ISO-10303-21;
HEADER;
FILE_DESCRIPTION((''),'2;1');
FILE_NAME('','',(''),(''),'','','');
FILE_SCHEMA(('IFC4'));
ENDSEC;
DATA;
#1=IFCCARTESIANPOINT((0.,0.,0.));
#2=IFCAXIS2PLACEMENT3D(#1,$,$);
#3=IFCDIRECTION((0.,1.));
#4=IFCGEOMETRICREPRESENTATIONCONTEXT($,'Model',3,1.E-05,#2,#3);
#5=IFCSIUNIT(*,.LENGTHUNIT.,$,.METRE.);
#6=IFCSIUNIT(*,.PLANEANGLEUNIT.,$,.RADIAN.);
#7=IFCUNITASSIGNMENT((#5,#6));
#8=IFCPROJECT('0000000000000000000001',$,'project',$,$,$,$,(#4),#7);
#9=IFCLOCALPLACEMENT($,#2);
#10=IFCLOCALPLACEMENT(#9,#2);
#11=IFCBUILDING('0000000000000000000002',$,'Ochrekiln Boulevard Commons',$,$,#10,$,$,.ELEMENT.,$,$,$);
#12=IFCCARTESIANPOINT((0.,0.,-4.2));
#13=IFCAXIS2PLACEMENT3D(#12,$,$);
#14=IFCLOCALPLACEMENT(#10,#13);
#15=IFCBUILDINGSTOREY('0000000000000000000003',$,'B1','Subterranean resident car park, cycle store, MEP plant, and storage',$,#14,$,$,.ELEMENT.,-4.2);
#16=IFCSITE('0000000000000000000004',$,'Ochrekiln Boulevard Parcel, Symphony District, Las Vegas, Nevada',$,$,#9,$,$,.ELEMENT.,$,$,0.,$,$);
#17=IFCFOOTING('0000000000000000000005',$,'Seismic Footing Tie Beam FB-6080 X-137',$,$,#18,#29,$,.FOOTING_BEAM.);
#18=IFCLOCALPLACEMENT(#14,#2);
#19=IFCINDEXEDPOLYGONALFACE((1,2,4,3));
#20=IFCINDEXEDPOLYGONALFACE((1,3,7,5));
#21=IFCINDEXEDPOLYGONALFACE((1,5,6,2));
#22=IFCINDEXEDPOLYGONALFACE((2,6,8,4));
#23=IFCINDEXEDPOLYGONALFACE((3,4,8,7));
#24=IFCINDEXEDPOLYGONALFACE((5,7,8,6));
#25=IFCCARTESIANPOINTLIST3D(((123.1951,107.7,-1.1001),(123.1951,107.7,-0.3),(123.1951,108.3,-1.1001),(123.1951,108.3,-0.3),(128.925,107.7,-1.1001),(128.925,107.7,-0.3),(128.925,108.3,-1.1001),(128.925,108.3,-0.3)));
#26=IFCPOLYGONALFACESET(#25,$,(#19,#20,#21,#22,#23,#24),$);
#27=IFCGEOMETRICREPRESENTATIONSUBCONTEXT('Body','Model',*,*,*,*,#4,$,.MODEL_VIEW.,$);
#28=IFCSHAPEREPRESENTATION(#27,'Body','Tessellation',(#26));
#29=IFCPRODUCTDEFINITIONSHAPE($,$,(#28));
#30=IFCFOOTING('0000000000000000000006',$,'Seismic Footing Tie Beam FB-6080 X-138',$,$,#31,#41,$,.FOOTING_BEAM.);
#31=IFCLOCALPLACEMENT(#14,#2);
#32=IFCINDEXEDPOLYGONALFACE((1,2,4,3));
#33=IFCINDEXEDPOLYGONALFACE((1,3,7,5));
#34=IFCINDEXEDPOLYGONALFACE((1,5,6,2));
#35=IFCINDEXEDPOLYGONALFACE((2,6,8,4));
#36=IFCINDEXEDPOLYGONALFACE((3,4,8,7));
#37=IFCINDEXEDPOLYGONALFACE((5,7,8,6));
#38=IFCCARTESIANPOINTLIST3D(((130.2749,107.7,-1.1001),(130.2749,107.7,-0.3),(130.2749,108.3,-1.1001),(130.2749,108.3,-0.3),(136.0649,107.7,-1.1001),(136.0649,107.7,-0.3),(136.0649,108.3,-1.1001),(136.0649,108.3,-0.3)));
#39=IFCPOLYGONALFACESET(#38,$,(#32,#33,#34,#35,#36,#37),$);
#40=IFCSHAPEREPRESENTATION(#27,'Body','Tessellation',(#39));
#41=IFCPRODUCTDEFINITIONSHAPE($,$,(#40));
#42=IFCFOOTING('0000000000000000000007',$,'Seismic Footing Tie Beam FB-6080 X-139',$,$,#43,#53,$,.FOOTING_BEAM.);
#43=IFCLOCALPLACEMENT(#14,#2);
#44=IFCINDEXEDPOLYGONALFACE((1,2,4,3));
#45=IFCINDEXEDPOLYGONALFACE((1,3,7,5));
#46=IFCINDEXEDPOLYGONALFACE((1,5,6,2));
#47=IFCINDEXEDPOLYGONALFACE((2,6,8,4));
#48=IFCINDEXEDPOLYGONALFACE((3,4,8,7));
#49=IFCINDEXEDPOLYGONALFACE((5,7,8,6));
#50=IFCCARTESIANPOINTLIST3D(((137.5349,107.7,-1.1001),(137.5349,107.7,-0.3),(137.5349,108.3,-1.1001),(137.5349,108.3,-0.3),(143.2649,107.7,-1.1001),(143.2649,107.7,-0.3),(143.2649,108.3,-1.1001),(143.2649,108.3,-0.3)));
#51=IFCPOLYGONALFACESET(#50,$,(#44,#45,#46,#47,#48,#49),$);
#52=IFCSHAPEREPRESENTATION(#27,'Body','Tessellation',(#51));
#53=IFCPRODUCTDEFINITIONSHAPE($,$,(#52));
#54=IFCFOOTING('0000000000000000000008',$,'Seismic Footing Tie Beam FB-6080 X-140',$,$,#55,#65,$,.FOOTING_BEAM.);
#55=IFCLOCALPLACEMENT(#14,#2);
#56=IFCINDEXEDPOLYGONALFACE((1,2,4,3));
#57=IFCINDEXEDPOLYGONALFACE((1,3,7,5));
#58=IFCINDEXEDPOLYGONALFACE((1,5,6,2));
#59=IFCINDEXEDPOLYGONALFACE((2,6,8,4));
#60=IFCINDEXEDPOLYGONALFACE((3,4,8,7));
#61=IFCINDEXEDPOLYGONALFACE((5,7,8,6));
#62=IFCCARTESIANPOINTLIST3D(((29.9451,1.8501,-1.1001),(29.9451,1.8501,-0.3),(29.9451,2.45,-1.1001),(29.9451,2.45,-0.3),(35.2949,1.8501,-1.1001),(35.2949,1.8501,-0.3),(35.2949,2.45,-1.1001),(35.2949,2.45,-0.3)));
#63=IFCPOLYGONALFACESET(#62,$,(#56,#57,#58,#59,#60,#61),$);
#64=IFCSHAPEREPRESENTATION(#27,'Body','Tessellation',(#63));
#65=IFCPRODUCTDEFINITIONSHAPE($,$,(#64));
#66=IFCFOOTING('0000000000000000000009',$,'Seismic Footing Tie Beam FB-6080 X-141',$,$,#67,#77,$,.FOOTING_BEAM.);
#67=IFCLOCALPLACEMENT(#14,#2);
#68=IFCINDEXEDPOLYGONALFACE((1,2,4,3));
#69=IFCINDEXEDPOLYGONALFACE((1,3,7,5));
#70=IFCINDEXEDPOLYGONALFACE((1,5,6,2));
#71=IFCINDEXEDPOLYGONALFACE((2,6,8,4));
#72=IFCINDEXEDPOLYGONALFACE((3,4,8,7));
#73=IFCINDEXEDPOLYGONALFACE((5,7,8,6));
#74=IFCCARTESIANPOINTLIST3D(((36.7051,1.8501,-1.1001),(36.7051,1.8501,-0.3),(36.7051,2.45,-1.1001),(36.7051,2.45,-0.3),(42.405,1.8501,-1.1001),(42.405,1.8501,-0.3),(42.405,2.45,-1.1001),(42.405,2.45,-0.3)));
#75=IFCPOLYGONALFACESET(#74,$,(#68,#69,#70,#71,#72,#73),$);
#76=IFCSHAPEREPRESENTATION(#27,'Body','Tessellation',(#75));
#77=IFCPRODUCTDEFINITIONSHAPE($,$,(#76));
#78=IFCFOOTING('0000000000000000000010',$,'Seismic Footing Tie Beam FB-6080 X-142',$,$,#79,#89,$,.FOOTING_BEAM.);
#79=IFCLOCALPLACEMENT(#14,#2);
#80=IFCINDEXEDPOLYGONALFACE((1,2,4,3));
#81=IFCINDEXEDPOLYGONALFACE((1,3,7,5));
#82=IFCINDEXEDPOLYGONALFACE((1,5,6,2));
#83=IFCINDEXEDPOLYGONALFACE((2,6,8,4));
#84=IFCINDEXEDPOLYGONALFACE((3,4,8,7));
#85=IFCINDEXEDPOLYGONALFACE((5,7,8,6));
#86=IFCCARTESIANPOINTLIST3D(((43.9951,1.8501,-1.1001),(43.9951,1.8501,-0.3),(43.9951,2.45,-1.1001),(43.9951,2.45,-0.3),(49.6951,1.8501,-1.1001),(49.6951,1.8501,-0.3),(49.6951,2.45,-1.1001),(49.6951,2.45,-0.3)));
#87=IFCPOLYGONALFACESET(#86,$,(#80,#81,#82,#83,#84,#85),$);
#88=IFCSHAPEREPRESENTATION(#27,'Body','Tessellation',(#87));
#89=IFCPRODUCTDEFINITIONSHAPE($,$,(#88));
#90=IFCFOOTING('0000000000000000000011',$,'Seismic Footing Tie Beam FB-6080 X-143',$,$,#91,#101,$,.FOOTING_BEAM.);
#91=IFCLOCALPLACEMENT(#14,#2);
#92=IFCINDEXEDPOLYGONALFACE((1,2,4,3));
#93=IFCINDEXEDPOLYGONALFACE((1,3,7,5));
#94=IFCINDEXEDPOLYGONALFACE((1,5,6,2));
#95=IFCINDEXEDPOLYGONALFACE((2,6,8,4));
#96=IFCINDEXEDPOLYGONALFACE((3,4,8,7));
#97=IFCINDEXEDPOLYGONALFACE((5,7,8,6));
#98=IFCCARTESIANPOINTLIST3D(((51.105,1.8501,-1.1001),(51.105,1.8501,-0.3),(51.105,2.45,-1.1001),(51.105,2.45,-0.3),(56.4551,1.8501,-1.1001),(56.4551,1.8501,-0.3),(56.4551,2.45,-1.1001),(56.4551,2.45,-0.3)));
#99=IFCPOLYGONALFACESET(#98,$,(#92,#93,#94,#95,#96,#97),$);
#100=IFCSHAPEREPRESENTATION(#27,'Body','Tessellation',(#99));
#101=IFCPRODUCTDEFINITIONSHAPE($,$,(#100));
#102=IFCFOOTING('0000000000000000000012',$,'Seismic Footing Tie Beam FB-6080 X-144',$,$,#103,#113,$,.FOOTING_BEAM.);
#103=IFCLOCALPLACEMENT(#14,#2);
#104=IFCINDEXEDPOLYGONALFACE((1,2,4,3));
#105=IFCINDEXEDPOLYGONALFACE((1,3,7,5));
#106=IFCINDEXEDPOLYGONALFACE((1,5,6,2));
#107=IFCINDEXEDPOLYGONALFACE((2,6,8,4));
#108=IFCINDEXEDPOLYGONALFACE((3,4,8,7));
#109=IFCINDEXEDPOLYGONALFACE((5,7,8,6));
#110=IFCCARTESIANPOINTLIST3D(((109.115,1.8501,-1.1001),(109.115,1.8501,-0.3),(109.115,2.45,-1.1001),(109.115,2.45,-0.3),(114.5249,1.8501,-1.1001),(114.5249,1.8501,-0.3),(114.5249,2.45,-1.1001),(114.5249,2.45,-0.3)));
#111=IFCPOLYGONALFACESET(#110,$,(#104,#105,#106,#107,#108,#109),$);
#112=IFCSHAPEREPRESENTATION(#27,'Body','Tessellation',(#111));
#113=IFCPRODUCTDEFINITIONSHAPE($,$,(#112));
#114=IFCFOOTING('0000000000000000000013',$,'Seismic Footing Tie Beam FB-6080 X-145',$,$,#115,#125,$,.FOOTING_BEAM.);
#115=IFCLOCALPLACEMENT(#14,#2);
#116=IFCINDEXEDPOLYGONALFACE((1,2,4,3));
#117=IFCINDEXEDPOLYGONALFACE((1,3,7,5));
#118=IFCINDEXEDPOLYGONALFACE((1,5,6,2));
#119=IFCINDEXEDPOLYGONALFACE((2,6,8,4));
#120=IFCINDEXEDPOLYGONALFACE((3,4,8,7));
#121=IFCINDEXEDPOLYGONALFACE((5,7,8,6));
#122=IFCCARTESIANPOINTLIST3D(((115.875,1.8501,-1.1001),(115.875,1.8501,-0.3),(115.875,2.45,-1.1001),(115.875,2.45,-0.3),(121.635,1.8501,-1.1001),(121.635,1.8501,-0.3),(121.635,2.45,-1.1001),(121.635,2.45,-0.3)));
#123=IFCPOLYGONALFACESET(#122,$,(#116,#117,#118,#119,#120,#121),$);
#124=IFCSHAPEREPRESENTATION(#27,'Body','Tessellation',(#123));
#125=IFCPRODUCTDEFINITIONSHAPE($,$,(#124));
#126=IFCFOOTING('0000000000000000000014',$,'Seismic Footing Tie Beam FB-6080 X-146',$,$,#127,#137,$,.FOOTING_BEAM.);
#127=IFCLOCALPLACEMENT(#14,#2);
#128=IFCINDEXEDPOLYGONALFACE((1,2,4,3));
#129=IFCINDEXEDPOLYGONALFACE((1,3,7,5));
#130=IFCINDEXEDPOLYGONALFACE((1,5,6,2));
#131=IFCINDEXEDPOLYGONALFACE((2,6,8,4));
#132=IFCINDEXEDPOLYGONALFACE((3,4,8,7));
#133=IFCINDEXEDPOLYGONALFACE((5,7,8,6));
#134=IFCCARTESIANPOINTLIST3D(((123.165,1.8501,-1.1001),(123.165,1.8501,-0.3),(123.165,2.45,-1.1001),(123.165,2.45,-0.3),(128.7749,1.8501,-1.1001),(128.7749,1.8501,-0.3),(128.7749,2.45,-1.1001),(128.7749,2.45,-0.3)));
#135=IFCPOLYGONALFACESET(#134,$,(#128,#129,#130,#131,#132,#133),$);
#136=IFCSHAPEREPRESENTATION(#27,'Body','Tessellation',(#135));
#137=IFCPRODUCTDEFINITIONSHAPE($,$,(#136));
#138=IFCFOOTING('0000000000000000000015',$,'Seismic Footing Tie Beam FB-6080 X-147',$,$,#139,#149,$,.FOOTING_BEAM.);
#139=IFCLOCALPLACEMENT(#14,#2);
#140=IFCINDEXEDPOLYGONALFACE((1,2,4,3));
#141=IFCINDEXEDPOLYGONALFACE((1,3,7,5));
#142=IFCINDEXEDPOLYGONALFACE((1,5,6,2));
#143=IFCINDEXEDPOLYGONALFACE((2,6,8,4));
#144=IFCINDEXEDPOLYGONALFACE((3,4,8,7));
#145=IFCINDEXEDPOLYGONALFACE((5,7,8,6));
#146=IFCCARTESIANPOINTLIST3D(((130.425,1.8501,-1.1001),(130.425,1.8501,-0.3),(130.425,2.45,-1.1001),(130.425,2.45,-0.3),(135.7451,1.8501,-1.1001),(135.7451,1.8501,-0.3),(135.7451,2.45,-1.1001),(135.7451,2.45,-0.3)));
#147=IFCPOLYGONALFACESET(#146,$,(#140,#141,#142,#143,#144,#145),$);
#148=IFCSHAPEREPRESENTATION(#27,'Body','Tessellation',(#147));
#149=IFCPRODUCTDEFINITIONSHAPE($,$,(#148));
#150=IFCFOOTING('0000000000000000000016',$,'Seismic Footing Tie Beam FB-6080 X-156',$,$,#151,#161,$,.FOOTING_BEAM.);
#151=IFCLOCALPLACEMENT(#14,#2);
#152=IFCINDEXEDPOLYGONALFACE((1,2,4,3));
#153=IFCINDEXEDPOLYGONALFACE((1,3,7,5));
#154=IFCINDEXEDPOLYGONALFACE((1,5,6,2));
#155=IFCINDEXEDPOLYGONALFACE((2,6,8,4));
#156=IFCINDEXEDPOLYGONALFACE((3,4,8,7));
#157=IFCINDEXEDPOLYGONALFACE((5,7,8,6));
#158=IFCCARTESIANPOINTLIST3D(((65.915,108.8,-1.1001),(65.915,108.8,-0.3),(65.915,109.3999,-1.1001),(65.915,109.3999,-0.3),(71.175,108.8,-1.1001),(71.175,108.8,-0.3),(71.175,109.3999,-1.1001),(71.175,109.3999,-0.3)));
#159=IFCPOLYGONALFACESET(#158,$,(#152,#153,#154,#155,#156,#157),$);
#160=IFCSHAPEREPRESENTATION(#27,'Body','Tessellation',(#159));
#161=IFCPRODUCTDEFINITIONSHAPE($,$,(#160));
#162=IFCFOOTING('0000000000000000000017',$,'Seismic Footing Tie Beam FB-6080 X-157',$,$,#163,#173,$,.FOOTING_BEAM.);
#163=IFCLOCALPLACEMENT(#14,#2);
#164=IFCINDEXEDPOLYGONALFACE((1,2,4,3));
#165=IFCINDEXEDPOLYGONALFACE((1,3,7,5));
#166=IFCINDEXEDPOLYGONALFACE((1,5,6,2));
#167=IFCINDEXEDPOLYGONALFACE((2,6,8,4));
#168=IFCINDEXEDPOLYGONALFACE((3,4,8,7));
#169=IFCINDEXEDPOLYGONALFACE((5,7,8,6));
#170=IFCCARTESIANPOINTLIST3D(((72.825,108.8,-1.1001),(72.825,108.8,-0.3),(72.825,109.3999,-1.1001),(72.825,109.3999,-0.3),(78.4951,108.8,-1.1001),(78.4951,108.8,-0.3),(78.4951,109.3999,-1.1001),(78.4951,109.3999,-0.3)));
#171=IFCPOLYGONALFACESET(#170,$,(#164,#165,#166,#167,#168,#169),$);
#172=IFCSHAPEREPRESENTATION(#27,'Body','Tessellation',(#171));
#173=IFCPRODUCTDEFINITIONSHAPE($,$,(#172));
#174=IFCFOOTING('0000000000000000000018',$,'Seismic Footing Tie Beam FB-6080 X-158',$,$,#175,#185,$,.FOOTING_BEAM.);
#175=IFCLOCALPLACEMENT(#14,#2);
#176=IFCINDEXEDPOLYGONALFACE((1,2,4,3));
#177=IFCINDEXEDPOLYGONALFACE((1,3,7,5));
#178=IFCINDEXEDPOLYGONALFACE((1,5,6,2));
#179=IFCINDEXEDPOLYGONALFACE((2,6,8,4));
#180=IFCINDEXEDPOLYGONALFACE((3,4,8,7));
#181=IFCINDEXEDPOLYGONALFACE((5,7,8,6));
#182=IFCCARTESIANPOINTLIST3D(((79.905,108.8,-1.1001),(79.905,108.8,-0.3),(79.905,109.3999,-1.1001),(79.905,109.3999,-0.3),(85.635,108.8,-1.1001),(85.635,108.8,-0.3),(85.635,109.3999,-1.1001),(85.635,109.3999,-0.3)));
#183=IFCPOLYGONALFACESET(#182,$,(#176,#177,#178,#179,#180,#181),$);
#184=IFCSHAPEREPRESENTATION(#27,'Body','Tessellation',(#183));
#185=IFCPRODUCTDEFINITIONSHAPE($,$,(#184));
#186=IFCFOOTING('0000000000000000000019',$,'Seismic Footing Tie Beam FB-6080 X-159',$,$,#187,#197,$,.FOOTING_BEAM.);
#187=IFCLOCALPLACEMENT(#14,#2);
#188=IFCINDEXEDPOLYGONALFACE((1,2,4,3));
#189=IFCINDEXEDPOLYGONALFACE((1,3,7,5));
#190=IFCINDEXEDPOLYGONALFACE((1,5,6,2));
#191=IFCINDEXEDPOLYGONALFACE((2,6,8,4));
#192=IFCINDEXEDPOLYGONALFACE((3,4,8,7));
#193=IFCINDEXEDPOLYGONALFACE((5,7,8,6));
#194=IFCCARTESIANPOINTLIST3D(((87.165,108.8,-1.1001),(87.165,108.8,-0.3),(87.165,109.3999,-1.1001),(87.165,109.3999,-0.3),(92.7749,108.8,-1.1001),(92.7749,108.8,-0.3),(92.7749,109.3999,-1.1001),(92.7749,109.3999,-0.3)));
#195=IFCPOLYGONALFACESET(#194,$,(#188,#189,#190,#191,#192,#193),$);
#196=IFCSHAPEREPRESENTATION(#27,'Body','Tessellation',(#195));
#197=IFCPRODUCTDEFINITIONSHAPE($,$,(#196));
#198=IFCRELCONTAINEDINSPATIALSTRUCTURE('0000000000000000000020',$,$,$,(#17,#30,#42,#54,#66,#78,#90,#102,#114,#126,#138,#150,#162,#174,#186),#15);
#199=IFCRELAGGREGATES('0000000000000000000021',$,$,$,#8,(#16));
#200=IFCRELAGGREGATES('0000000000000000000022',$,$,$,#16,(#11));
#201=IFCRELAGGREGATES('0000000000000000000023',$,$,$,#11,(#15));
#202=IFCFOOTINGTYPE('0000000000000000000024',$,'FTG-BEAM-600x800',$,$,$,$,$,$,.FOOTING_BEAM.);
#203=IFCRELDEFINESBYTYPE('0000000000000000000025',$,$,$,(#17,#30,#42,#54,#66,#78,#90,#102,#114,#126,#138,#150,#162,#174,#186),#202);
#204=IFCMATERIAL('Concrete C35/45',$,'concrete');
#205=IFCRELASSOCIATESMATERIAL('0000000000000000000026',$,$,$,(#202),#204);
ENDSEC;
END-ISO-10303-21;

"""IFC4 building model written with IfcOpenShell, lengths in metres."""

from ifc_helpers import new_model, si_unit, direction, frame, origin, place, context, subcontext, project, spatial, polyline, outline, extrude, material, type_object, element, save


model = new_model("IFC4")

# Units and contexts
model_context = context("Model", 3, precision=1e-05, world=origin(), true_north=direction((0.0, 1.0)))
body_context = subcontext(model_context, "Body", "Model", "MODEL_VIEW")
ifc_project = project(units=[si_unit("LENGTHUNIT", "METRE"), si_unit("PLANEANGLEUNIT", "RADIAN")], contexts=[model_context])

# Site, building, storey
site_placement = place(None, origin())
site = spatial("IfcSite", under=ifc_project, at=site_placement, Name="Ochrekiln Boulevard Parcel, Symphony District, Las Vegas, Nevada", CompositionType="ELEMENT", RefElevation=0.0)
building_placement = place(site_placement, origin())
building = spatial("IfcBuilding", under=site, at=building_placement, Name="Ochrekiln Boulevard Commons", CompositionType="ELEMENT")
storey_placement = place(building_placement, frame((0.0, 0.0, -4.2)))
storey = spatial("IfcBuildingStorey", under=building, at=storey_placement, Name="B1", Description="Subterranean resident car park, cycle store, MEP plant, and storage", CompositionType="ELEMENT", Elevation=-4.2)

# Footings
ifc_material = material(Name="Concrete C35/45", Category="concrete")
footing_type = type_object("IfcFootingType", Name="FTG-BEAM-600x800", PredefinedType="FOOTING_BEAM", material=ifc_material)
footing_1_placement = place(storey_placement, frame((0.0, 0.0, -1.1001)))
element("IfcFooting", 1, at=footing_1_placement, inside=storey, type_object=footing_type, Name="Seismic Footing Tie Beam FB-6080 X-137", PredefinedType="FOOTING_BEAM", context=body_context, shape_type="SweptSolid", body=[
    extrude(outline(polyline([(123.1951, 107.7), (128.925, 107.7), (128.925, 108.3), (123.1951, 108.3), (123.1951, 107.7)])), origin(), (0.0, 0.0, 1.0), 0.8),
])
footing_2_placement = place(storey_placement, frame((0.0, 0.0, -1.1001)))
element("IfcFooting", 2, at=footing_2_placement, inside=storey, type_object=footing_type, Name="Seismic Footing Tie Beam FB-6080 X-138", PredefinedType="FOOTING_BEAM", context=body_context, shape_type="SweptSolid", body=[
    extrude(outline(polyline([(130.2749, 107.7), (136.0649, 107.7), (136.0649, 108.3), (130.2749, 108.3), (130.2749, 107.7)])), origin(), (0.0, 0.0, 1.0), 0.8),
])
footing_3_placement = place(storey_placement, frame((0.0, 0.0, -1.1001)))
element("IfcFooting", 3, at=footing_3_placement, inside=storey, type_object=footing_type, Name="Seismic Footing Tie Beam FB-6080 X-139", PredefinedType="FOOTING_BEAM", context=body_context, shape_type="SweptSolid", body=[
    extrude(outline(polyline([(137.5349, 107.7), (143.2649, 107.7), (143.2649, 108.3), (137.5349, 108.3), (137.5349, 107.7)])), origin(), (0.0, 0.0, 1.0), 0.8),
])
footing_4_placement = place(storey_placement, frame((0.0, 0.0, -1.1001)))
element("IfcFooting", 4, at=footing_4_placement, inside=storey, type_object=footing_type, Name="Seismic Footing Tie Beam FB-6080 X-140", PredefinedType="FOOTING_BEAM", context=body_context, shape_type="SweptSolid", body=[
    extrude(outline(polyline([(29.9451, 1.8501), (35.2949, 1.8501), (35.2949, 2.45), (29.9451, 2.45), (29.9451, 1.8501)])), origin(), (0.0, 0.0, 1.0), 0.8),
])
footing_5_placement = place(storey_placement, frame((0.0, 0.0, -1.1001)))
element("IfcFooting", 5, at=footing_5_placement, inside=storey, type_object=footing_type, Name="Seismic Footing Tie Beam FB-6080 X-141", PredefinedType="FOOTING_BEAM", context=body_context, shape_type="SweptSolid", body=[
    extrude(outline(polyline([(36.7051, 1.8501), (42.405, 1.8501), (42.405, 2.45), (36.7051, 2.45), (36.7051, 1.8501)])), origin(), (0.0, 0.0, 1.0), 0.8),
])
footing_6_placement = place(storey_placement, frame((0.0, 0.0, -1.1001)))
element("IfcFooting", 6, at=footing_6_placement, inside=storey, type_object=footing_type, Name="Seismic Footing Tie Beam FB-6080 X-142", PredefinedType="FOOTING_BEAM", context=body_context, shape_type="SweptSolid", body=[
    extrude(outline(polyline([(43.9951, 1.8501), (49.6951, 1.8501), (49.6951, 2.45), (43.9951, 2.45), (43.9951, 1.8501)])), origin(), (0.0, 0.0, 1.0), 0.8),
])
footing_7_placement = place(storey_placement, frame((0.0, 0.0, -1.1001)))
element("IfcFooting", 7, at=footing_7_placement, inside=storey, type_object=footing_type, Name="Seismic Footing Tie Beam FB-6080 X-143", PredefinedType="FOOTING_BEAM", context=body_context, shape_type="SweptSolid", body=[
    extrude(outline(polyline([(51.105, 1.8501), (56.4551, 1.8501), (56.4551, 2.45), (51.105, 2.45), (51.105, 1.8501)])), origin(), (0.0, 0.0, 1.0), 0.8),
])
footing_8_placement = place(storey_placement, frame((0.0, 0.0, -1.1001)))
element("IfcFooting", 8, at=footing_8_placement, inside=storey, type_object=footing_type, Name="Seismic Footing Tie Beam FB-6080 X-144", PredefinedType="FOOTING_BEAM", context=body_context, shape_type="SweptSolid", body=[
    extrude(outline(polyline([(109.115, 1.8501), (114.5249, 1.8501), (114.5249, 2.45), (109.115, 2.45), (109.115, 1.8501)])), origin(), (0.0, 0.0, 1.0), 0.8),
])
footing_9_placement = place(storey_placement, frame((0.0, 0.0, -1.1001)))
element("IfcFooting", 9, at=footing_9_placement, inside=storey, type_object=footing_type, Name="Seismic Footing Tie Beam FB-6080 X-145", PredefinedType="FOOTING_BEAM", context=body_context, shape_type="SweptSolid", body=[
    extrude(outline(polyline([(115.875, 1.8501), (121.635, 1.8501), (121.635, 2.45), (115.875, 2.45), (115.875, 1.8501)])), origin(), (0.0, 0.0, 1.0), 0.8),
])
footing_10_placement = place(storey_placement, frame((0.0, 0.0, -1.1001)))
element("IfcFooting", 10, at=footing_10_placement, inside=storey, type_object=footing_type, Name="Seismic Footing Tie Beam FB-6080 X-146", PredefinedType="FOOTING_BEAM", context=body_context, shape_type="SweptSolid", body=[
    extrude(outline(polyline([(123.165, 1.8501), (128.7749, 1.8501), (128.7749, 2.45), (123.165, 2.45), (123.165, 1.8501)])), origin(), (0.0, 0.0, 1.0), 0.8),
])
footing_11_placement = place(storey_placement, frame((0.0, 0.0, -1.1001)))
element("IfcFooting", 11, at=footing_11_placement, inside=storey, type_object=footing_type, Name="Seismic Footing Tie Beam FB-6080 X-147", PredefinedType="FOOTING_BEAM", context=body_context, shape_type="SweptSolid", body=[
    extrude(outline(polyline([(130.425, 1.8501), (135.7451, 1.8501), (135.7451, 2.45), (130.425, 2.45), (130.425, 1.8501)])), origin(), (0.0, 0.0, 1.0), 0.8),
])
footing_12_placement = place(storey_placement, frame((0.0, 0.0, -1.1001)))
element("IfcFooting", 12, at=footing_12_placement, inside=storey, type_object=footing_type, Name="Seismic Footing Tie Beam FB-6080 X-156", PredefinedType="FOOTING_BEAM", context=body_context, shape_type="SweptSolid", body=[
    extrude(outline(polyline([(65.915, 108.8), (71.175, 108.8), (71.175, 109.3999), (65.915, 109.3999), (65.915, 108.8)])), origin(), (0.0, 0.0, 1.0), 0.8),
])
footing_13_placement = place(storey_placement, frame((0.0, 0.0, -1.1001)))
element("IfcFooting", 13, at=footing_13_placement, inside=storey, type_object=footing_type, Name="Seismic Footing Tie Beam FB-6080 X-157", PredefinedType="FOOTING_BEAM", context=body_context, shape_type="SweptSolid", body=[
    extrude(outline(polyline([(72.825, 108.8), (78.4951, 108.8), (78.4951, 109.3999), (72.825, 109.3999), (72.825, 108.8)])), origin(), (0.0, 0.0, 1.0), 0.8),
])
footing_14_placement = place(storey_placement, frame((0.0, 0.0, -1.1001)))
element("IfcFooting", 14, at=footing_14_placement, inside=storey, type_object=footing_type, Name="Seismic Footing Tie Beam FB-6080 X-158", PredefinedType="FOOTING_BEAM", context=body_context, shape_type="SweptSolid", body=[
    extrude(outline(polyline([(79.905, 108.8), (85.635, 108.8), (85.635, 109.3999), (79.905, 109.3999), (79.905, 108.8)])), origin(), (0.0, 0.0, 1.0), 0.8),
])
footing_15_placement = place(storey_placement, frame((0.0, 0.0, -1.1001)))
element("IfcFooting", 15, at=footing_15_placement, inside=storey, type_object=footing_type, Name="Seismic Footing Tie Beam FB-6080 X-159", PredefinedType="FOOTING_BEAM", context=body_context, shape_type="SweptSolid", body=[
    extrude(outline(polyline([(87.165, 108.8), (92.7749, 108.8), (92.7749, 109.3999), (87.165, 109.3999), (87.165, 108.8)])), origin(), (0.0, 0.0, 1.0), 0.8),
])

save(model, "model.ifc")
